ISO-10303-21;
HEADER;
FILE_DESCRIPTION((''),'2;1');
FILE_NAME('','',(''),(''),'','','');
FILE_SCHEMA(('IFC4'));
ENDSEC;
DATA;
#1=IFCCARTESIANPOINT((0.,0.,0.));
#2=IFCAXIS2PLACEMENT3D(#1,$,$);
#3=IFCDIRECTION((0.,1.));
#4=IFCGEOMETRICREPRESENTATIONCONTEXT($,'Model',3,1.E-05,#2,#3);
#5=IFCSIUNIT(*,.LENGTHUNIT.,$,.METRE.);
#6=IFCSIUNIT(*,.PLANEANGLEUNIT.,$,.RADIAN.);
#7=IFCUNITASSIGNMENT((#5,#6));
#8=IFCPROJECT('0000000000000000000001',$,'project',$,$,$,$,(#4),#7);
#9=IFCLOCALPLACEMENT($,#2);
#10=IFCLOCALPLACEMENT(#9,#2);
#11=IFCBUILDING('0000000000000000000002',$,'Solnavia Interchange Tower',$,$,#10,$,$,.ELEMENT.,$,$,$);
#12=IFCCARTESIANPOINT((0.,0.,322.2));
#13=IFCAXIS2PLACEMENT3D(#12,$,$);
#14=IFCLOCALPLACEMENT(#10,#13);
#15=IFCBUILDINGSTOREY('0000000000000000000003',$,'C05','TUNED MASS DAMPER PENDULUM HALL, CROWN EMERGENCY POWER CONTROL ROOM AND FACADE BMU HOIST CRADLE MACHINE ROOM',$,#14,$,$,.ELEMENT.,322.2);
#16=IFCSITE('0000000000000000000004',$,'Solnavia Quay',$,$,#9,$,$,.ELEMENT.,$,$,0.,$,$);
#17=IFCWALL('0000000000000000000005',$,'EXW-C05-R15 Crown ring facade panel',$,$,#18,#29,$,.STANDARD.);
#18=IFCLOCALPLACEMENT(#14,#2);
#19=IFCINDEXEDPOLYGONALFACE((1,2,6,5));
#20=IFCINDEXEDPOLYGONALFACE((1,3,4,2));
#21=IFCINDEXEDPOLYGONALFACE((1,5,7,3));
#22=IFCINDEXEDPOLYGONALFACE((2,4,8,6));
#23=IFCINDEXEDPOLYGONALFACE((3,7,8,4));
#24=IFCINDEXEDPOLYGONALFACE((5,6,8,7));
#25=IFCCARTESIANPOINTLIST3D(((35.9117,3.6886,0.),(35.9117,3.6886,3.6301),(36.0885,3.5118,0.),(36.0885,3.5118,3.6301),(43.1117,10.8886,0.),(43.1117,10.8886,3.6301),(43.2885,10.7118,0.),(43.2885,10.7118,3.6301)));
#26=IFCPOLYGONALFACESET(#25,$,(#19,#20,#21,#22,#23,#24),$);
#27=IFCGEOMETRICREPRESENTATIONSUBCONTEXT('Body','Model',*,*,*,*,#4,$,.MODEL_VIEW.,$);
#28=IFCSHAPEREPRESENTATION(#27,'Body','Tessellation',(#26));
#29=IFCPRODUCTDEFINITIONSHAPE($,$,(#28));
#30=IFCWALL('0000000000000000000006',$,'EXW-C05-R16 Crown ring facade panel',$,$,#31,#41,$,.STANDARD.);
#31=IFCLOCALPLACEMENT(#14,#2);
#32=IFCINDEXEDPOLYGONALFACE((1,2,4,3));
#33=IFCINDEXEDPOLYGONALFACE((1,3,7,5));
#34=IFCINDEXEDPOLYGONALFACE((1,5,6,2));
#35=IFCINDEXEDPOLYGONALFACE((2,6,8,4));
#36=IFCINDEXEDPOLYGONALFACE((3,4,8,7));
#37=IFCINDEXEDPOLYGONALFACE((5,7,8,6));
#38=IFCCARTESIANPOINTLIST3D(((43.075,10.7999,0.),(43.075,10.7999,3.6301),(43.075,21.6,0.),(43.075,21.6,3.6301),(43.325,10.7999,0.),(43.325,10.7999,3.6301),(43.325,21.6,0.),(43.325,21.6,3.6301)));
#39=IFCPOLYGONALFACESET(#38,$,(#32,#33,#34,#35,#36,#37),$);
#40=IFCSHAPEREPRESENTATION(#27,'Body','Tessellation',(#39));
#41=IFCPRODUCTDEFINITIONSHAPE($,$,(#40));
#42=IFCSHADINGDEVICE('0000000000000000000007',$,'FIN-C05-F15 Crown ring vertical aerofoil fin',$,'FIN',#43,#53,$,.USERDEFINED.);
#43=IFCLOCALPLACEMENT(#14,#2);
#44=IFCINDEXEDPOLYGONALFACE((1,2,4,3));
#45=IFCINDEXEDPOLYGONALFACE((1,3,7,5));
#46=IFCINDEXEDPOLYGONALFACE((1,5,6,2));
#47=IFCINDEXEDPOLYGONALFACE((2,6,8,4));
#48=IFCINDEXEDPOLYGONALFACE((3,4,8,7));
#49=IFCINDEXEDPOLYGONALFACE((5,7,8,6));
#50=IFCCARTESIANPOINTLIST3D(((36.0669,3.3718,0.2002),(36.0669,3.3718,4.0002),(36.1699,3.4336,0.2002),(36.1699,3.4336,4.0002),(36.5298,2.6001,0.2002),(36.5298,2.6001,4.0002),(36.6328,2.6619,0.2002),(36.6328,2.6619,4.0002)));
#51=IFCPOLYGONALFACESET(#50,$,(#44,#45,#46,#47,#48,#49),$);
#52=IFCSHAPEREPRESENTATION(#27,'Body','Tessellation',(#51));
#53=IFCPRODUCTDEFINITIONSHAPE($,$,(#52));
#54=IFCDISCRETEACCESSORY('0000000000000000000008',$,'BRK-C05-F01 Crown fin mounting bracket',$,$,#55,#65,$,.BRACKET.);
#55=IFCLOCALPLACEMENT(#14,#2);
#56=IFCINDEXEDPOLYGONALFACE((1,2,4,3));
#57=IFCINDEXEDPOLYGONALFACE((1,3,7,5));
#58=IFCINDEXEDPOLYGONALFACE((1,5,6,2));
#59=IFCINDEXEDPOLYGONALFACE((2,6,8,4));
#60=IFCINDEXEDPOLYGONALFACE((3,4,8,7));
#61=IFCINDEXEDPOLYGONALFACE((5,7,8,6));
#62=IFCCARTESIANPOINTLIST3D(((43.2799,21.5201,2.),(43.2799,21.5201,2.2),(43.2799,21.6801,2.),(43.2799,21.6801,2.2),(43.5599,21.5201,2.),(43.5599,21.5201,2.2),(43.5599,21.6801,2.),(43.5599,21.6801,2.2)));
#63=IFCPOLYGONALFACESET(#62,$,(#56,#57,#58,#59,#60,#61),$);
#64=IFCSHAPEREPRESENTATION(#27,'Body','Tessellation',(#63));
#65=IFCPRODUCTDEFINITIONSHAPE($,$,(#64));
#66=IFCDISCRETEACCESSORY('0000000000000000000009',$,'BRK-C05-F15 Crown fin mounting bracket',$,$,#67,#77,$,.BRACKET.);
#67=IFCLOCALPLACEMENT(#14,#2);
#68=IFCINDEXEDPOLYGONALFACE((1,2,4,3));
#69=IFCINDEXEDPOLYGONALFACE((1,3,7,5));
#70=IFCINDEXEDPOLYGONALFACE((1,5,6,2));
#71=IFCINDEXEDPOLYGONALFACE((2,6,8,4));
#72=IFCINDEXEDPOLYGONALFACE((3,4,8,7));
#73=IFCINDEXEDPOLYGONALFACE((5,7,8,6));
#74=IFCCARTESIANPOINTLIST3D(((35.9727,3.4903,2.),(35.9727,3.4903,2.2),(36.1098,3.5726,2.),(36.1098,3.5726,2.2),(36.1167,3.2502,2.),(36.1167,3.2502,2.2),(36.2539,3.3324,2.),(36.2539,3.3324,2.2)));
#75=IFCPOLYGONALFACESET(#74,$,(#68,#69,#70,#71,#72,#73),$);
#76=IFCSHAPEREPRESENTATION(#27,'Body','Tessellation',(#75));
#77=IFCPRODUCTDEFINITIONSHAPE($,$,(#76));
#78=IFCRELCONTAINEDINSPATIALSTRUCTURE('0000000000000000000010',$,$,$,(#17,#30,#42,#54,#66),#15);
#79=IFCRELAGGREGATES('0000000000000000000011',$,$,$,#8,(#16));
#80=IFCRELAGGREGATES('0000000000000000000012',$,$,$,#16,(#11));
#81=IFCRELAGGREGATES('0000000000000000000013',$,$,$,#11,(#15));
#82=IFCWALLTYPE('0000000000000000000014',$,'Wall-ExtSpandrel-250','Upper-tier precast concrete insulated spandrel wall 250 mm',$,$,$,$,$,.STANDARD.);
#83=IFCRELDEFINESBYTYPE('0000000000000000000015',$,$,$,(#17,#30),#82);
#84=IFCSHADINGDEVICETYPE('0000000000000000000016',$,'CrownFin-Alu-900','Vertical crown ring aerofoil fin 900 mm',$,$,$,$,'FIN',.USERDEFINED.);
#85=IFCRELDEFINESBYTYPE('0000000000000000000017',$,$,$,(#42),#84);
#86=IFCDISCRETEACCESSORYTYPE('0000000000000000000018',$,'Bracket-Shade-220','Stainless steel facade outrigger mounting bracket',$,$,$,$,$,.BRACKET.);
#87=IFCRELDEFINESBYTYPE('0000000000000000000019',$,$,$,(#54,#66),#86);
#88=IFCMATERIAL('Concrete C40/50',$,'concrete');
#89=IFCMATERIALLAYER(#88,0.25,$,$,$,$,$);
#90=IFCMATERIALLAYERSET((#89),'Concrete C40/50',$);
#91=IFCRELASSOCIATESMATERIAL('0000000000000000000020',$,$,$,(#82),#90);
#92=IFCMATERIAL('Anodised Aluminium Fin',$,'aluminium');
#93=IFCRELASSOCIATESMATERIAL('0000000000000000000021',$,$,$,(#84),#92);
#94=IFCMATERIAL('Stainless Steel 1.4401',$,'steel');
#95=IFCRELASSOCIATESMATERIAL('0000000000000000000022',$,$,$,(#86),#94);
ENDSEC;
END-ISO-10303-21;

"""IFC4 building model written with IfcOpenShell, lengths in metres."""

from ifc_helpers import new_model, si_unit, direction, frame, frame_2d, origin, origin_2d, place, context, subcontext, project, spatial, rectangle, extrude, material, layer, layer_set, type_object, element, save


model = new_model("IFC4")

# Units and contexts
model_context = context("Model", 3, precision=1e-05, world=origin(), true_north=direction((0.0, 1.0)))
body_context = subcontext(model_context, "Body", "Model", "MODEL_VIEW")
ifc_project = project(units=[si_unit("LENGTHUNIT", "METRE"), si_unit("PLANEANGLEUNIT", "RADIAN")], contexts=[model_context])

# Site, building, storey
site_placement = place(None, origin())
site = spatial("IfcSite", under=ifc_project, at=site_placement, Name="Solnavia Quay", CompositionType="ELEMENT", RefElevation=0.0)
building_placement = place(site_placement, origin())
building = spatial("IfcBuilding", under=site, at=building_placement, Name="Solnavia Interchange Tower", CompositionType="ELEMENT")
storey_placement = place(building_placement, frame((0.0, 0.0, 322.2)))
storey = spatial("IfcBuildingStorey", under=building, at=storey_placement, Name="C05", Description="TUNED MASS DAMPER PENDULUM HALL, CROWN EMERGENCY POWER CONTROL ROOM AND FACADE BMU HOIST CRADLE MACHINE ROOM", CompositionType="ELEMENT", Elevation=322.2)

# Walls
ifc_material_1 = material(Name="Concrete C40/50", Category="concrete")
ifc_layer_1 = layer(ifc_material_1, 0.25)
ifc_layer_set_1 = layer_set([ifc_layer_1], Name="Concrete C40/50")
wall_type = type_object("IfcWallType", Name="Wall-ExtSpandrel-250", Description="Upper-tier precast concrete insulated spandrel wall 250 mm", PredefinedType="STANDARD", material=ifc_layer_set_1)
wall_1_placement = place(storey_placement, frame((36.0, 3.6001, 0.0), z_axis=(0.0, 0.0, 1.0), x_axis=(0.707107, 0.707107, 0.0)))
element("IfcWall", 1, at=wall_1_placement, inside=storey, type_object=wall_type, Name="EXW-C05-R15 Crown ring facade panel", PredefinedType="STANDARD", context=body_context, shape_type="SweptSolid", body=[
    extrude(rectangle(XDim=10.1824, YDim=0.25, at=frame_2d((5.0913, 0.0))), origin(), (0.0, 0.0, 1.0), 3.6301),
])
wall_2_placement = place(storey_placement, frame((43.2, 10.8, 0.0), z_axis=(0.0, 0.0, 1.0), x_axis=(0.0, 1.0, 0.0)))
element("IfcWall", 2, at=wall_2_placement, inside=storey, type_object=wall_type, Name="EXW-C05-R16 Crown ring facade panel", PredefinedType="STANDARD", context=body_context, shape_type="SweptSolid", body=[
    extrude(rectangle(XDim=10.8, YDim=0.25, at=frame_2d((5.3999, 0.0))), origin(), (0.0, 0.0, 1.0), 3.6301),
])

# Shading device
ifc_material_2 = material(Name="Anodised Aluminium Fin", Category="aluminium")
shading_device_type = type_object("IfcShadingDeviceType", Name="CrownFin-Alu-900", Description="Vertical crown ring aerofoil fin 900 mm", ElementType="FIN", PredefinedType="USERDEFINED", material=ifc_material_2)
shading_device_placement = place(storey_placement, frame((36.3499, 3.0168, 0.2002), z_axis=(0.0, 0.0, 1.0), x_axis=(0.51444, -0.857527, 0.0)))
element("IfcShadingDevice", 3, at=shading_device_placement, inside=storey, type_object=shading_device_type, Name="FIN-C05-F15 Crown ring vertical aerofoil fin", ObjectType="FIN", PredefinedType="USERDEFINED", context=body_context, shape_type="SweptSolid", body=[
    extrude(rectangle(XDim=0.8999, YDim=0.1201, at=origin_2d()), origin(), (0.0, 0.0, 1.0), 3.8),
])

# Discrete accessories
ifc_material_3 = material(Name="Stainless Steel 1.4401", Category="steel")
discrete_accessory_type = type_object("IfcDiscreteAccessoryType", Name="Bracket-Shade-220", Description="Stainless steel facade outrigger mounting bracket", PredefinedType="BRACKET", material=ifc_material_3)
for number, where, z_axis, x_axis, name in (
    (4, (43.4199, 21.6001, 2.0), (0.0, 0.0, 1.0), (1.0, 0.0, 0.0), "BRK-C05-F01 Crown fin mounting bracket"),
    (5, (36.1133, 3.4114, 2.0), (0.0, 0.0, 1.0), (0.51444, -0.857527, 0.0), "BRK-C05-F15 Crown fin mounting bracket"),
):
    element("IfcDiscreteAccessory", number, at=place(storey_placement, frame(where, z_axis=z_axis, x_axis=x_axis)), inside=storey, type_object=discrete_accessory_type, Name=name, PredefinedType="BRACKET", context=body_context, shape_type="SweptSolid", body=[
        extrude(rectangle(XDim=0.28, YDim=0.1599, at=origin_2d()), origin(), (0.0, 0.0, 1.0), 0.2),
    ])

save(model, "model.ifc")
